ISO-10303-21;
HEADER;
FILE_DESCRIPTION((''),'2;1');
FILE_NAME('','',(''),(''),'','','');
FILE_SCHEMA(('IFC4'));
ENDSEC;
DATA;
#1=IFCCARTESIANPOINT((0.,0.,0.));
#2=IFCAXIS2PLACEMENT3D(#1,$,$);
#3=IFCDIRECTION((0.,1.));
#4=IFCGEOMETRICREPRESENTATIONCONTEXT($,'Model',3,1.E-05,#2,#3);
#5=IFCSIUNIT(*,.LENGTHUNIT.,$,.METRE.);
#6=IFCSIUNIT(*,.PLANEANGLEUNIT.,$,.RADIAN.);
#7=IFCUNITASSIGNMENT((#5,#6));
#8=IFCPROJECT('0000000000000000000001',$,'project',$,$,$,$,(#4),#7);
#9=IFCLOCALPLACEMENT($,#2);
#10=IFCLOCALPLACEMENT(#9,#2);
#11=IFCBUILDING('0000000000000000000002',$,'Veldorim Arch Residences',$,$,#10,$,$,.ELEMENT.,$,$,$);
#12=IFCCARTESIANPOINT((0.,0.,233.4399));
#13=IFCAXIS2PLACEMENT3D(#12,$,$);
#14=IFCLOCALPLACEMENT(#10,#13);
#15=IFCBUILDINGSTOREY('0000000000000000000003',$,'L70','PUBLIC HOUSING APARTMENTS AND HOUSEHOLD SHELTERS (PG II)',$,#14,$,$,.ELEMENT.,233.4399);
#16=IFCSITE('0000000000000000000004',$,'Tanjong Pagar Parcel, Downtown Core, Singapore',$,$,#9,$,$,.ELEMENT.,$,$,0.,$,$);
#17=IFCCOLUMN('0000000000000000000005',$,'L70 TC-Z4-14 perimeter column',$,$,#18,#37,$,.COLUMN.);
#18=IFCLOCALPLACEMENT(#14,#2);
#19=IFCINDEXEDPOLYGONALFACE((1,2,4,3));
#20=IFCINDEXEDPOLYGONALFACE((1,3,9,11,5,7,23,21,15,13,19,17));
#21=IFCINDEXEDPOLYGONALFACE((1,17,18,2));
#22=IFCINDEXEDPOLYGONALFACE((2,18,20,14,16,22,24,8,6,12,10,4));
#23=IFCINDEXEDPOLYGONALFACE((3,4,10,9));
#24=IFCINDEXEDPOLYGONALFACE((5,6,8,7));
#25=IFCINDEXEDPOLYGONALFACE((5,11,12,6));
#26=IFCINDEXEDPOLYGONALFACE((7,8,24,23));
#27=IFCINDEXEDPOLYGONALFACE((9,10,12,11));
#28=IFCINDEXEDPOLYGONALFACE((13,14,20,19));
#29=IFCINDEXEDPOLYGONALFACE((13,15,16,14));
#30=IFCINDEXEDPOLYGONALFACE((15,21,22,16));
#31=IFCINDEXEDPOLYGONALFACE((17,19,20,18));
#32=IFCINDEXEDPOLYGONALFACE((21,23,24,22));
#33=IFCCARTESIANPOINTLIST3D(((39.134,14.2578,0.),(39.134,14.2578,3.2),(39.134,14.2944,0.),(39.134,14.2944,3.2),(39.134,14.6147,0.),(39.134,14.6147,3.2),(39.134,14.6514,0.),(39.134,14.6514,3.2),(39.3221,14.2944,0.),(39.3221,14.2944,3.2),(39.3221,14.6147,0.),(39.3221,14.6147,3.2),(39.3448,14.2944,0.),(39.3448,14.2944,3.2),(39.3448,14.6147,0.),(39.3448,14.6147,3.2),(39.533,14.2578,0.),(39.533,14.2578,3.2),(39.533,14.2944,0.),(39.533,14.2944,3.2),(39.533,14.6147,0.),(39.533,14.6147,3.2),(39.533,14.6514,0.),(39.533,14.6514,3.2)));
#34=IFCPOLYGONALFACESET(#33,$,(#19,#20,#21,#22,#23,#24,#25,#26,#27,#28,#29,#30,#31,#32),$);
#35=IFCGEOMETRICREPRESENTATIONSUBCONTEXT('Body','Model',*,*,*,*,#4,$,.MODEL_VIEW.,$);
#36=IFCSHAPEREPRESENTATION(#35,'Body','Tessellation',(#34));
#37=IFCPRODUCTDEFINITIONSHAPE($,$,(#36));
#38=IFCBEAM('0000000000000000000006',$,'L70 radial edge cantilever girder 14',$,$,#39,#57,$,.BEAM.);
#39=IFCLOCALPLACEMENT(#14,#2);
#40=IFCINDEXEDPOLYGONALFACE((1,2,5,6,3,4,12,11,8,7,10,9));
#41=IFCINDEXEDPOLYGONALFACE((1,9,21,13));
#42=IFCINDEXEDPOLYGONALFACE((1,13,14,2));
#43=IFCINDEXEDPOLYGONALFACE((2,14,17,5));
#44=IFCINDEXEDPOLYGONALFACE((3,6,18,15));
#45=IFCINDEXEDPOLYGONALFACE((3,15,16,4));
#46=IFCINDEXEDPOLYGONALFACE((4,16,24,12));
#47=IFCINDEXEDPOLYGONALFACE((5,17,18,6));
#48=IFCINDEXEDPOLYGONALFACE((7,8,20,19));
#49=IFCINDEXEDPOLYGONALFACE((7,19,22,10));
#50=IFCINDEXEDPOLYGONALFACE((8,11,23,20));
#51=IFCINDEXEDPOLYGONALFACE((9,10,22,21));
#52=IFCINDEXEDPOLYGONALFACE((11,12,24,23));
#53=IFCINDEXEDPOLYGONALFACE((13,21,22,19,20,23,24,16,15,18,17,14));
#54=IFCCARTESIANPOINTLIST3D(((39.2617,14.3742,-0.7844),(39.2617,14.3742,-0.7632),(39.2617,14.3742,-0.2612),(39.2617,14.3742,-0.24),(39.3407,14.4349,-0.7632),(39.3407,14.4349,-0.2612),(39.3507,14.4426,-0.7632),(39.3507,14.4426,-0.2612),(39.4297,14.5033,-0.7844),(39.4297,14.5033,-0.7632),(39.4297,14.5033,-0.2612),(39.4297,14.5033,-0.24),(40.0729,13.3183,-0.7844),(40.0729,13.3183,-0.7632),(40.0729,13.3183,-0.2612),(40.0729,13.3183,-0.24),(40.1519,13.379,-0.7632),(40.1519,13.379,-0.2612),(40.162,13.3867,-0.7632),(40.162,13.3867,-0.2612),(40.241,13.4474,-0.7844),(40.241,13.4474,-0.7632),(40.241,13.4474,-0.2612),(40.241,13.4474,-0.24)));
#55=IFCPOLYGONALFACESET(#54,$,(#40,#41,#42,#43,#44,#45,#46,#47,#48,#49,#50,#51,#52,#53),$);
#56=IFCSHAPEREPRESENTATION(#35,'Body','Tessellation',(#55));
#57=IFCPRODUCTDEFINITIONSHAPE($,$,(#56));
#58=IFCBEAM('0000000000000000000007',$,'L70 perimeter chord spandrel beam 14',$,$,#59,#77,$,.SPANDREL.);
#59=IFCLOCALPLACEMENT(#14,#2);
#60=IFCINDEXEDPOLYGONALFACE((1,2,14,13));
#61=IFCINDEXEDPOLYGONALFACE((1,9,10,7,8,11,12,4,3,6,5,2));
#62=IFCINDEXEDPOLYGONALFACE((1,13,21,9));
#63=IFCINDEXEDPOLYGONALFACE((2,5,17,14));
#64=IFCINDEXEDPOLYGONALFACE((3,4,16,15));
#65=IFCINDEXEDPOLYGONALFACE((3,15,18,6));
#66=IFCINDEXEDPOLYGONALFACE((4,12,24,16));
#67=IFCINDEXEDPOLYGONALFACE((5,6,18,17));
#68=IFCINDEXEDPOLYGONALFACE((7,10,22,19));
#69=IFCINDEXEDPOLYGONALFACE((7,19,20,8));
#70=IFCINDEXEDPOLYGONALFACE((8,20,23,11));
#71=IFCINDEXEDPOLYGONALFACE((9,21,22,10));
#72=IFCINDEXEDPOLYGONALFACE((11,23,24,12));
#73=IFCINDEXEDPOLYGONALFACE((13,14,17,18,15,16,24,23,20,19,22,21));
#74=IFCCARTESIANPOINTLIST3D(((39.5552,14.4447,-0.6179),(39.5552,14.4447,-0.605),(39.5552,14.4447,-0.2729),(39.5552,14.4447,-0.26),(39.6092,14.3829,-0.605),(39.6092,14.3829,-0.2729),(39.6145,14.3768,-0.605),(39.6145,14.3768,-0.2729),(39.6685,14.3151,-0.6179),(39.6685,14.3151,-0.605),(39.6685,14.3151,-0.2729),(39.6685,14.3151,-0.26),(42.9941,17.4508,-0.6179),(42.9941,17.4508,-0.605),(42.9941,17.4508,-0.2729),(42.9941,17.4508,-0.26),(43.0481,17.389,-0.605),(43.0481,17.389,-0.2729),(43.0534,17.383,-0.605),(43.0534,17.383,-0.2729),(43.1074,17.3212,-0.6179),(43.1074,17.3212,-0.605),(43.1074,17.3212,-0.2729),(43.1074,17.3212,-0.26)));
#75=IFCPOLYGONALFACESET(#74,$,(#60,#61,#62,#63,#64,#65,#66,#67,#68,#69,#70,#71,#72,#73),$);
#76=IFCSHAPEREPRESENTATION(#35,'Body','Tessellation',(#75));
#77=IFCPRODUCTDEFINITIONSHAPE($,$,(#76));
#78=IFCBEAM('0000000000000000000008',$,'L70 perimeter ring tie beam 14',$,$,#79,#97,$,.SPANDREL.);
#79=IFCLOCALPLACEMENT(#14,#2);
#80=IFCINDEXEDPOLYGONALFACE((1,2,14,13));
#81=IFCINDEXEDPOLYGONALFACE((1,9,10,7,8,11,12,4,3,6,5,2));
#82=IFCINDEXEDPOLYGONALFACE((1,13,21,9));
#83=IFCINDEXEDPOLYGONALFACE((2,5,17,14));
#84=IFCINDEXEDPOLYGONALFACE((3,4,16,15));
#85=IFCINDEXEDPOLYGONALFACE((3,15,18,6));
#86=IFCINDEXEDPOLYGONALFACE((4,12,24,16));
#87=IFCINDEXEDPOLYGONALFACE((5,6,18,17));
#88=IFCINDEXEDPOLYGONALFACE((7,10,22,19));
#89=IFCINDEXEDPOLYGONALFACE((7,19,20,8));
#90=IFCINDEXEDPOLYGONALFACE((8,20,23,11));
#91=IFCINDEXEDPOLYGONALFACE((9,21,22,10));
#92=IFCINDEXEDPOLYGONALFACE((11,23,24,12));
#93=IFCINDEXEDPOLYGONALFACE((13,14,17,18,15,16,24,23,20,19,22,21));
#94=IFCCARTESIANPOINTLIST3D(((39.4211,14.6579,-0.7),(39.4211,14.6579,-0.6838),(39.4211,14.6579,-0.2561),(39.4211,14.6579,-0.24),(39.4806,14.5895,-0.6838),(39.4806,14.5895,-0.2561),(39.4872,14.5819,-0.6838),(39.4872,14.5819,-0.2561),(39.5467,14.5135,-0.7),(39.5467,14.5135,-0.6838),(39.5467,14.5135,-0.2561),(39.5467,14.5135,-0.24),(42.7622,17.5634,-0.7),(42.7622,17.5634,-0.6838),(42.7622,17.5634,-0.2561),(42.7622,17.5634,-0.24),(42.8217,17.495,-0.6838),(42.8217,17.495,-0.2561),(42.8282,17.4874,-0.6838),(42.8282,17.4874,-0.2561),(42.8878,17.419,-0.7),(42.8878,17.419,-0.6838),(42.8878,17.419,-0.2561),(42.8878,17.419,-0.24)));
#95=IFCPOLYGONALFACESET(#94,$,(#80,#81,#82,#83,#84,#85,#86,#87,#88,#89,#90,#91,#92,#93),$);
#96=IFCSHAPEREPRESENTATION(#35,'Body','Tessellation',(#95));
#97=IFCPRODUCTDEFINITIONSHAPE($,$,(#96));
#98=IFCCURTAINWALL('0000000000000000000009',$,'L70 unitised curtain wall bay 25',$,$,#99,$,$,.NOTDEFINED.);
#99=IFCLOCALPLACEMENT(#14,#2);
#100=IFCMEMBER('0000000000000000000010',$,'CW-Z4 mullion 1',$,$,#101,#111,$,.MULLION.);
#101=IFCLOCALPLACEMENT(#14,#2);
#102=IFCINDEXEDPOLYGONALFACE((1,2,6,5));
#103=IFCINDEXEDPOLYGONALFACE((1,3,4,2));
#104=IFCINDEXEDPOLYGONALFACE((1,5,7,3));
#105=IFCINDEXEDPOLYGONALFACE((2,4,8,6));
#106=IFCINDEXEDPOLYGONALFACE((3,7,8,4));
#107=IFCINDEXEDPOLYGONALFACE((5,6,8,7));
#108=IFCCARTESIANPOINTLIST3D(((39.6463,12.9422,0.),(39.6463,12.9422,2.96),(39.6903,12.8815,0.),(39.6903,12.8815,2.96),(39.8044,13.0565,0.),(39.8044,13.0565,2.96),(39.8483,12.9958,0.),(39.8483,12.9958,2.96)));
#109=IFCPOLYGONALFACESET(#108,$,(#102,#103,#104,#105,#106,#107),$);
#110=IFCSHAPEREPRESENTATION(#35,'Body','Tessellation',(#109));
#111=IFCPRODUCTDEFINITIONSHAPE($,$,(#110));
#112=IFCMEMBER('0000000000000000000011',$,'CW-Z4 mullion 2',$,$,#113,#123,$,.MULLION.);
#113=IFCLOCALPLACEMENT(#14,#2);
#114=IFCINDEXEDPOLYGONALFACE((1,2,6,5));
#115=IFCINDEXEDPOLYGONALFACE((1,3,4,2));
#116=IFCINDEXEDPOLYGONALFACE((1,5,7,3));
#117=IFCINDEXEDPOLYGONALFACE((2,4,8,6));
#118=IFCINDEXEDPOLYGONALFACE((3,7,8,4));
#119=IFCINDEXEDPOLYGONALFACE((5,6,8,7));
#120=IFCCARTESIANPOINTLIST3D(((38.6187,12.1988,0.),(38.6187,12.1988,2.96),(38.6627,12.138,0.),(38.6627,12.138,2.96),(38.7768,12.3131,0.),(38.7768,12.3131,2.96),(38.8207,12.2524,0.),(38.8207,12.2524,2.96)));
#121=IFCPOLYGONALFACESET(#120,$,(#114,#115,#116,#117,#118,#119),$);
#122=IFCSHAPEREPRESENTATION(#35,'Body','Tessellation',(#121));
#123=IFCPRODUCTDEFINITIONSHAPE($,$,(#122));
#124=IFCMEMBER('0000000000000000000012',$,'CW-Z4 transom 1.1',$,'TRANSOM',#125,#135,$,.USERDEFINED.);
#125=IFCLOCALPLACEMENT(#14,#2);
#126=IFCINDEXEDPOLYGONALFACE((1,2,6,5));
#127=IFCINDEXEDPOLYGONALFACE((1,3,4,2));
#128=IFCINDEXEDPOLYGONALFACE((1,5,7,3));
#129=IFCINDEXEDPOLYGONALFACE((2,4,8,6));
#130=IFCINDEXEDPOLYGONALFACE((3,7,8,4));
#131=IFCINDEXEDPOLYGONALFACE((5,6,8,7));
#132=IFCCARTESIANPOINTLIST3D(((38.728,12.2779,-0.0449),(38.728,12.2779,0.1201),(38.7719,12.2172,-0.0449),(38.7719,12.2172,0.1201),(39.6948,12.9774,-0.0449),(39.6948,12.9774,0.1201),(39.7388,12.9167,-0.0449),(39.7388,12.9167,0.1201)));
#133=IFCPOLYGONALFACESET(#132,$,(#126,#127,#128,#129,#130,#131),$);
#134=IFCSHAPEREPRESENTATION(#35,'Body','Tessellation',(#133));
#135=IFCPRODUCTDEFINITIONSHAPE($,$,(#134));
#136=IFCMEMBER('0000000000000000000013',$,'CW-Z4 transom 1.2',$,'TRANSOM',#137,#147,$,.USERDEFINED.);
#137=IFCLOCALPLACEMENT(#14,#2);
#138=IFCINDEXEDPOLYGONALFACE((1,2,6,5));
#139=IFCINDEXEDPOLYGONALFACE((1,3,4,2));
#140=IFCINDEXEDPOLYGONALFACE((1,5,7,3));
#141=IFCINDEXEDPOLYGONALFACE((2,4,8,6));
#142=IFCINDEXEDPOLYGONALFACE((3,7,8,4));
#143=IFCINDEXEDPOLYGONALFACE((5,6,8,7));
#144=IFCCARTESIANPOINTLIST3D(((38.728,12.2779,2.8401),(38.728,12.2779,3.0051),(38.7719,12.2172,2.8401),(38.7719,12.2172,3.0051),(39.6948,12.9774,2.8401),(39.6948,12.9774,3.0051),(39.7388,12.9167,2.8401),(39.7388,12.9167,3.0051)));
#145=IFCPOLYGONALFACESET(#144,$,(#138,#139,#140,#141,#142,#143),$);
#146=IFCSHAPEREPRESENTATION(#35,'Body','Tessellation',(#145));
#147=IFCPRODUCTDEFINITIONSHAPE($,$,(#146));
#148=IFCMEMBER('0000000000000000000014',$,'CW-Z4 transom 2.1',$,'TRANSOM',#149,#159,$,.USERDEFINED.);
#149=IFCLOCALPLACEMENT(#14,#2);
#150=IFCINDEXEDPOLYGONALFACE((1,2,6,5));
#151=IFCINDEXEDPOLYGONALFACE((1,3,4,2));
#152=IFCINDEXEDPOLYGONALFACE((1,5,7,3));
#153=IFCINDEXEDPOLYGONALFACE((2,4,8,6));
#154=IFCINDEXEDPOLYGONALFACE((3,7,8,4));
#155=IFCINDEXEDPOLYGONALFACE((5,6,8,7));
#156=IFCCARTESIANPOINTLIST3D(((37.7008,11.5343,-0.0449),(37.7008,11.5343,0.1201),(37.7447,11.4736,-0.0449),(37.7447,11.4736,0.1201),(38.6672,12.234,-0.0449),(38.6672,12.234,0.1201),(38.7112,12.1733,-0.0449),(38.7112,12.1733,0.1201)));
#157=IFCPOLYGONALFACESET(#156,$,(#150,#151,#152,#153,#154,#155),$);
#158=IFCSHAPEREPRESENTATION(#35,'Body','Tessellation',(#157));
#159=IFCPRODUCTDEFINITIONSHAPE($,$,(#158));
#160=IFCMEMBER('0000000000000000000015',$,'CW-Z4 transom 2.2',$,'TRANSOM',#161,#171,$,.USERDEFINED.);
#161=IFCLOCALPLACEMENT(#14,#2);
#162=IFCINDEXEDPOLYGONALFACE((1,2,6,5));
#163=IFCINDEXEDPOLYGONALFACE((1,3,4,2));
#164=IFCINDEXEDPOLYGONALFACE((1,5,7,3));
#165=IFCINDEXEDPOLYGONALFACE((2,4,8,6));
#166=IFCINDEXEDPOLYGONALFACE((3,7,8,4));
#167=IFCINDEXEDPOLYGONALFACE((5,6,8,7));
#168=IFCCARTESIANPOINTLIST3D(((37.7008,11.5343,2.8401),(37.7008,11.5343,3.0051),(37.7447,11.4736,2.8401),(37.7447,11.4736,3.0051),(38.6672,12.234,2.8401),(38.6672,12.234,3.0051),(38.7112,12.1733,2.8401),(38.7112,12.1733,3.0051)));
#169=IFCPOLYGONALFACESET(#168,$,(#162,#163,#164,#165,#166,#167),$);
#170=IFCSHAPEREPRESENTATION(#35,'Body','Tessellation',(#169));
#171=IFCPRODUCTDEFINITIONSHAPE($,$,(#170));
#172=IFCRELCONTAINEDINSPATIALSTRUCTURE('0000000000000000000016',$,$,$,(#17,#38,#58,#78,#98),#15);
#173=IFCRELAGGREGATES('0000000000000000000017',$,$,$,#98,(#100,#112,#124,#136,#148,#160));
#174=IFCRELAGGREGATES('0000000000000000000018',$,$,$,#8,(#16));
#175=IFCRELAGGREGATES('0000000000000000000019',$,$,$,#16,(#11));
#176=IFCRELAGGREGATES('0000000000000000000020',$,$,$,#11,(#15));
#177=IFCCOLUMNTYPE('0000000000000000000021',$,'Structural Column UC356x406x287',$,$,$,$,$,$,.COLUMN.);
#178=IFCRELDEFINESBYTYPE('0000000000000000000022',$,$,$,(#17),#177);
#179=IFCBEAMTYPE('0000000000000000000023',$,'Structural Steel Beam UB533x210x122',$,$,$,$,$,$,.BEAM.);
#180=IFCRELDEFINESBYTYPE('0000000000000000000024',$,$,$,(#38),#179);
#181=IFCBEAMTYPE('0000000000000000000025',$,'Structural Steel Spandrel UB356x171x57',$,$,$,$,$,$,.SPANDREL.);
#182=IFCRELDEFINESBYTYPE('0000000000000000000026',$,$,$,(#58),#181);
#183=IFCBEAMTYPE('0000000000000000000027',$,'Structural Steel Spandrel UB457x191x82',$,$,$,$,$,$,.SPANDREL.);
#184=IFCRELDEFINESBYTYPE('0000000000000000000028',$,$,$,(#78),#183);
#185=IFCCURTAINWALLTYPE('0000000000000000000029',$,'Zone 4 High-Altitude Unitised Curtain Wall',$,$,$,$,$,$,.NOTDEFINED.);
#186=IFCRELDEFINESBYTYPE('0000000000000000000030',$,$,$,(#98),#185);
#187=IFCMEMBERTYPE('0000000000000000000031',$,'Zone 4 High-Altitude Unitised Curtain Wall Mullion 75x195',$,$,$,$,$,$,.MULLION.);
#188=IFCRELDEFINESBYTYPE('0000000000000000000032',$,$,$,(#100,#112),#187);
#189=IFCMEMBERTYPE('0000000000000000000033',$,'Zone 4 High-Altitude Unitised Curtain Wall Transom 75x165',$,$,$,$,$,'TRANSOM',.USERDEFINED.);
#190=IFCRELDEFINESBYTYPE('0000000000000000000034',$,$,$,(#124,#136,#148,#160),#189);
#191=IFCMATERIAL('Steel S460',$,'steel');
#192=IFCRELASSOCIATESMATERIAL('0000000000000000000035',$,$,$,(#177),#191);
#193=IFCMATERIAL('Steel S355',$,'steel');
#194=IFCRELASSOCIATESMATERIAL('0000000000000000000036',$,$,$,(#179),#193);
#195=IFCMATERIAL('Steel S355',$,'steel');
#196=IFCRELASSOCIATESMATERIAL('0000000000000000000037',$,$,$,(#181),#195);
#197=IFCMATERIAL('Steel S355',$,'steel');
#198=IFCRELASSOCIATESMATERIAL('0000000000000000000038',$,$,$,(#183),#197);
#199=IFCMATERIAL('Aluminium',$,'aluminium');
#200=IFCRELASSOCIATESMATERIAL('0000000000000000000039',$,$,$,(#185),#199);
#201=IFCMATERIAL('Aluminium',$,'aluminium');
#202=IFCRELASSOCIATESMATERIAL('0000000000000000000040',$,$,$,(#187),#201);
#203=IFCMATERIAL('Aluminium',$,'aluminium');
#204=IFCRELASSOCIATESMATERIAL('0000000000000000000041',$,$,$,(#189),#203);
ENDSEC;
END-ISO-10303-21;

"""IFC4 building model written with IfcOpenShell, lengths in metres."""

from ifc_helpers import new_model, si_unit, direction, frame, origin, origin_2d, place, context, subcontext, project, spatial, rectangle, i_section, extrude, material, material_profile, profile_set, type_object, element, aggregate, save


model = new_model("IFC4")

# Units and contexts
model_context = context("Model", 3, precision=1e-05, world=origin(), true_north=direction((0.0, 1.0)))
body_context = subcontext(model_context, "Body", "Model", "MODEL_VIEW")
ifc_project = project(units=[si_unit("LENGTHUNIT", "METRE"), si_unit("PLANEANGLEUNIT", "RADIAN")], contexts=[model_context])

# Site, building, storey
site_placement = place(None, origin())
site = spatial("IfcSite", under=ifc_project, at=site_placement, Name="Tanjong Pagar Parcel, Downtown Core, Singapore", CompositionType="ELEMENT", RefElevation=0.0)
building_placement = place(site_placement, origin())
building = spatial("IfcBuilding", under=site, at=building_placement, Name="Veldorim Arch Residences", CompositionType="ELEMENT")
storey_placement = place(building_placement, frame((0.0, 0.0, 233.4399)))
storey = spatial("IfcBuildingStorey", under=building, at=storey_placement, Name="L70", Description="PUBLIC HOUSING APARTMENTS AND HOUSEHOLD SHELTERS (PG II)", CompositionType="ELEMENT", Elevation=233.4399)

# Column
ifc_material_1 = material(Name="Steel S460", Category="steel")
ifc_material_profile_1 = material_profile(ifc_material_1, i_section(OverallWidth=0.3989, OverallDepth=0.3936, WebThickness=0.0227, FlangeThickness=0.0366, at=origin_2d()), Name="UC356x406x287")
ifc_profile_set_1 = profile_set([ifc_material_profile_1], Name="Steel S460")
column_type = type_object("IfcColumnType", Name="Structural Column UC356x406x287", PredefinedType="COLUMN", material=ifc_profile_set_1)
column_placement = place(storey_placement, frame((39.3335, 14.4546, 0.0), z_axis=(0.0, 0.0, 1.0), x_axis=(1.0, 0.0, 0.0)))
element("IfcColumn", 1, at=column_placement, inside=storey, type_object=column_type, Name="L70 TC-Z4-14 perimeter column", PredefinedType="COLUMN", context=body_context, shape_type="SweptSolid", body=[
    extrude(i_section(OverallWidth=0.3989, OverallDepth=0.3936, WebThickness=0.0227, FlangeThickness=0.0366, at=origin_2d()), origin(), (0.0, 0.0, 1.0), 3.2),
])

# Beams
ifc_material_2 = material(Name="Steel S355", Category="steel")
ifc_material_profile_2 = material_profile(ifc_material_2, i_section(OverallWidth=0.2119, OverallDepth=0.5444, WebThickness=0.0127, FlangeThickness=0.0212, at=origin_2d()), Name="UB533x210x122")
ifc_profile_set_2 = profile_set([ifc_material_profile_2], Name="Steel S355")
beam_type_1 = type_object("IfcBeamType", Name="Structural Steel Beam UB533x210x122", PredefinedType="BEAM", material=ifc_profile_set_2)
beam_1_placement = place(storey_placement, frame((39.3457, 14.4387, -0.5122), z_axis=(0.609259, -0.792971, 0.0), x_axis=(0.792971, 0.609259, 0.0)))
element("IfcBeam", 2, at=beam_1_placement, inside=storey, type_object=beam_type_1, Name="L70 radial edge cantilever girder 14", PredefinedType="BEAM", context=body_context, shape_type="SweptSolid", body=[
    extrude(i_section(OverallWidth=0.2119, OverallDepth=0.5444, WebThickness=0.0127, FlangeThickness=0.0212, at=origin_2d()), origin(), (0.0, 0.0, 1.0), 1.3315),
])
ifc_material_3 = material(Name="Steel S355", Category="steel")
ifc_material_profile_3 = material_profile(ifc_material_3, i_section(OverallWidth=0.1721, OverallDepth=0.3579, WebThickness=0.0081, FlangeThickness=0.0129, at=origin_2d()), Name="UB356x171x57")
ifc_profile_set_3 = profile_set([ifc_material_profile_3], Name="Steel S355")
beam_type_2 = type_object("IfcBeamType", Name="Structural Steel Spandrel UB356x171x57", PredefinedType="SPANDREL", material=ifc_profile_set_3)
beam_2_placement = place(storey_placement, frame((39.6118, 14.3799, -0.439), z_axis=(0.752901, 0.658134, 0.0), x_axis=(-0.658134, 0.752901, 0.0)))
element("IfcBeam", 3, at=beam_2_placement, inside=storey, type_object=beam_type_2, Name="L70 perimeter chord spandrel beam 14", PredefinedType="SPANDREL", context=body_context, shape_type="SweptSolid", body=[
    extrude(i_section(OverallWidth=0.1721, OverallDepth=0.3579, WebThickness=0.0081, FlangeThickness=0.0129, at=origin_2d()), origin(), (0.0, 0.0, 1.0), 4.5676),
])
ifc_material_4 = material(Name="Steel S355", Category="steel")
ifc_material_profile_4 = material_profile(ifc_material_4, i_section(OverallWidth=0.1914, OverallDepth=0.46, WebThickness=0.01, FlangeThickness=0.0161, at=origin_2d()), Name="UB457x191x82")
ifc_profile_set_4 = profile_set([ifc_material_profile_4], Name="Steel S355")
beam_type_3 = type_object("IfcBeamType", Name="Structural Steel Spandrel UB457x191x82", PredefinedType="SPANDREL", material=ifc_profile_set_4)
beam_3_placement = place(storey_placement, frame((39.4839, 14.5857, -0.47), z_axis=(0.754578, 0.65621, 0.0), x_axis=(-0.65621, 0.754578, 0.0)))
element("IfcBeam", 4, at=beam_3_placement, inside=storey, type_object=beam_type_3, Name="L70 perimeter ring tie beam 14", PredefinedType="SPANDREL", context=body_context, shape_type="SweptSolid", body=[
    extrude(i_section(OverallWidth=0.1914, OverallDepth=0.46, WebThickness=0.01, FlangeThickness=0.0161, at=origin_2d()), origin(), (0.0, 0.0, 1.0), 4.4277),
])

# Curtain wall, members
ifc_material_5 = material(Name="Aluminium", Category="aluminium")
curtain_wall_type = type_object("IfcCurtainWallType", Name="Zone 4 High-Altitude Unitised Curtain Wall", PredefinedType="NOTDEFINED", material=ifc_material_5)
curtain_wall_placement = place(storey_placement, origin())
curtain_wall = element("IfcCurtainWall", 5, at=curtain_wall_placement, inside=storey, type_object=curtain_wall_type, Name="L70 unitised curtain wall bay 25", PredefinedType="NOTDEFINED")
ifc_material_6 = material(Name="Aluminium", Category="aluminium")
ifc_material_profile_5 = material_profile(ifc_material_6, rectangle(XDim=0.075, YDim=0.1951, at=origin_2d()), Name="ALU_MUL_75x195")
ifc_profile_set_5 = profile_set([ifc_material_profile_5], Name="Aluminium")
member_type_1 = type_object("IfcMemberType", Name="Zone 4 High-Altitude Unitised Curtain Wall Mullion 75x195", PredefinedType="MULLION", material=ifc_profile_set_5)
member_1_placement = place(storey_placement, frame((39.7473, 12.969, 0.0), z_axis=(0.0, 0.0, 1.0), x_axis=(0.586226, -0.810148, 0.0)))
member_1 = element("IfcMember", 6, at=member_1_placement, type_object=member_type_1, Name="CW-Z4 mullion 1", PredefinedType="MULLION", context=body_context, shape_type="SweptSolid", body=[
    extrude(rectangle(XDim=0.075, YDim=0.1951, at=origin_2d()), origin(), (0.0, 0.0, 1.0), 2.96),
])
member_2_placement = place(storey_placement, frame((38.7197, 12.2256, 0.0), z_axis=(0.0, 0.0, 1.0), x_axis=(0.586226, -0.810148, 0.0)))
member_2 = element("IfcMember", 7, at=member_2_placement, type_object=member_type_1, Name="CW-Z4 mullion 2", PredefinedType="MULLION", context=body_context, shape_type="SweptSolid", body=[
    extrude(rectangle(XDim=0.075, YDim=0.1951, at=origin_2d()), origin(), (0.0, 0.0, 1.0), 2.96),
])
ifc_material_7 = material(Name="Aluminium", Category="aluminium")
ifc_material_profile_6 = material_profile(ifc_material_7, rectangle(XDim=0.075, YDim=0.165, at=origin_2d()), Name="ALU_TRN_75x165")
ifc_profile_set_6 = profile_set([ifc_material_profile_6], Name="Aluminium")
member_type_2 = type_object("IfcMemberType", Name="Zone 4 High-Altitude Unitised Curtain Wall Transom 75x165", ElementType="TRANSOM", PredefinedType="USERDEFINED", material=ifc_profile_set_6)
member_3_placement = place(storey_placement, frame((39.7168, 12.947, 0.0376), z_axis=(-0.810193, -0.586163, 0.0), x_axis=(0.586163, -0.810193, 0.0)))
member_3 = element("IfcMember", 8, at=member_3_placement, type_object=member_type_2, Name="CW-Z4 transom 1.1", ObjectType="TRANSOM", PredefinedType="USERDEFINED", context=body_context, shape_type="SweptSolid", body=[
    extrude(rectangle(XDim=0.075, YDim=0.165, at=origin_2d()), origin(), (0.0, 0.0, 1.0), 1.1934),
])
member_4_placement = place(storey_placement, frame((39.7168, 12.947, 2.9226), z_axis=(-0.810193, -0.586163, 0.0), x_axis=(0.586163, -0.810193, 0.0)))
member_4 = element("IfcMember", 9, at=member_4_placement, type_object=member_type_2, Name="CW-Z4 transom 1.2", ObjectType="TRANSOM", PredefinedType="USERDEFINED", context=body_context, shape_type="SweptSolid", body=[
    extrude(rectangle(XDim=0.075, YDim=0.165, at=origin_2d()), origin(), (0.0, 0.0, 1.0), 1.1934),
])
member_5_placement = place(storey_placement, frame((38.6892, 12.2036, 0.0376), z_axis=(-0.810026, -0.586394, 0.0), x_axis=(0.586394, -0.810026, 0.0)))
member_5 = element("IfcMember", 10, at=member_5_placement, type_object=member_type_2, Name="CW-Z4 transom 2.1", ObjectType="TRANSOM", PredefinedType="USERDEFINED", context=body_context, shape_type="SweptSolid", body=[
    extrude(rectangle(XDim=0.075, YDim=0.165, at=origin_2d()), origin(), (0.0, 0.0, 1.0), 1.1931),
])
member_6_placement = place(storey_placement, frame((38.6892, 12.2036, 2.9226), z_axis=(-0.810026, -0.586394, 0.0), x_axis=(0.586394, -0.810026, 0.0)))
member_6 = element("IfcMember", 11, at=member_6_placement, type_object=member_type_2, Name="CW-Z4 transom 2.2", ObjectType="TRANSOM", PredefinedType="USERDEFINED", context=body_context, shape_type="SweptSolid", body=[
    extrude(rectangle(XDim=0.075, YDim=0.165, at=origin_2d()), origin(), (0.0, 0.0, 1.0), 1.1931),
])
aggregate(curtain_wall, [member_1, member_2, member_3, member_4, member_5, member_6])

save(model, "model.ifc")
